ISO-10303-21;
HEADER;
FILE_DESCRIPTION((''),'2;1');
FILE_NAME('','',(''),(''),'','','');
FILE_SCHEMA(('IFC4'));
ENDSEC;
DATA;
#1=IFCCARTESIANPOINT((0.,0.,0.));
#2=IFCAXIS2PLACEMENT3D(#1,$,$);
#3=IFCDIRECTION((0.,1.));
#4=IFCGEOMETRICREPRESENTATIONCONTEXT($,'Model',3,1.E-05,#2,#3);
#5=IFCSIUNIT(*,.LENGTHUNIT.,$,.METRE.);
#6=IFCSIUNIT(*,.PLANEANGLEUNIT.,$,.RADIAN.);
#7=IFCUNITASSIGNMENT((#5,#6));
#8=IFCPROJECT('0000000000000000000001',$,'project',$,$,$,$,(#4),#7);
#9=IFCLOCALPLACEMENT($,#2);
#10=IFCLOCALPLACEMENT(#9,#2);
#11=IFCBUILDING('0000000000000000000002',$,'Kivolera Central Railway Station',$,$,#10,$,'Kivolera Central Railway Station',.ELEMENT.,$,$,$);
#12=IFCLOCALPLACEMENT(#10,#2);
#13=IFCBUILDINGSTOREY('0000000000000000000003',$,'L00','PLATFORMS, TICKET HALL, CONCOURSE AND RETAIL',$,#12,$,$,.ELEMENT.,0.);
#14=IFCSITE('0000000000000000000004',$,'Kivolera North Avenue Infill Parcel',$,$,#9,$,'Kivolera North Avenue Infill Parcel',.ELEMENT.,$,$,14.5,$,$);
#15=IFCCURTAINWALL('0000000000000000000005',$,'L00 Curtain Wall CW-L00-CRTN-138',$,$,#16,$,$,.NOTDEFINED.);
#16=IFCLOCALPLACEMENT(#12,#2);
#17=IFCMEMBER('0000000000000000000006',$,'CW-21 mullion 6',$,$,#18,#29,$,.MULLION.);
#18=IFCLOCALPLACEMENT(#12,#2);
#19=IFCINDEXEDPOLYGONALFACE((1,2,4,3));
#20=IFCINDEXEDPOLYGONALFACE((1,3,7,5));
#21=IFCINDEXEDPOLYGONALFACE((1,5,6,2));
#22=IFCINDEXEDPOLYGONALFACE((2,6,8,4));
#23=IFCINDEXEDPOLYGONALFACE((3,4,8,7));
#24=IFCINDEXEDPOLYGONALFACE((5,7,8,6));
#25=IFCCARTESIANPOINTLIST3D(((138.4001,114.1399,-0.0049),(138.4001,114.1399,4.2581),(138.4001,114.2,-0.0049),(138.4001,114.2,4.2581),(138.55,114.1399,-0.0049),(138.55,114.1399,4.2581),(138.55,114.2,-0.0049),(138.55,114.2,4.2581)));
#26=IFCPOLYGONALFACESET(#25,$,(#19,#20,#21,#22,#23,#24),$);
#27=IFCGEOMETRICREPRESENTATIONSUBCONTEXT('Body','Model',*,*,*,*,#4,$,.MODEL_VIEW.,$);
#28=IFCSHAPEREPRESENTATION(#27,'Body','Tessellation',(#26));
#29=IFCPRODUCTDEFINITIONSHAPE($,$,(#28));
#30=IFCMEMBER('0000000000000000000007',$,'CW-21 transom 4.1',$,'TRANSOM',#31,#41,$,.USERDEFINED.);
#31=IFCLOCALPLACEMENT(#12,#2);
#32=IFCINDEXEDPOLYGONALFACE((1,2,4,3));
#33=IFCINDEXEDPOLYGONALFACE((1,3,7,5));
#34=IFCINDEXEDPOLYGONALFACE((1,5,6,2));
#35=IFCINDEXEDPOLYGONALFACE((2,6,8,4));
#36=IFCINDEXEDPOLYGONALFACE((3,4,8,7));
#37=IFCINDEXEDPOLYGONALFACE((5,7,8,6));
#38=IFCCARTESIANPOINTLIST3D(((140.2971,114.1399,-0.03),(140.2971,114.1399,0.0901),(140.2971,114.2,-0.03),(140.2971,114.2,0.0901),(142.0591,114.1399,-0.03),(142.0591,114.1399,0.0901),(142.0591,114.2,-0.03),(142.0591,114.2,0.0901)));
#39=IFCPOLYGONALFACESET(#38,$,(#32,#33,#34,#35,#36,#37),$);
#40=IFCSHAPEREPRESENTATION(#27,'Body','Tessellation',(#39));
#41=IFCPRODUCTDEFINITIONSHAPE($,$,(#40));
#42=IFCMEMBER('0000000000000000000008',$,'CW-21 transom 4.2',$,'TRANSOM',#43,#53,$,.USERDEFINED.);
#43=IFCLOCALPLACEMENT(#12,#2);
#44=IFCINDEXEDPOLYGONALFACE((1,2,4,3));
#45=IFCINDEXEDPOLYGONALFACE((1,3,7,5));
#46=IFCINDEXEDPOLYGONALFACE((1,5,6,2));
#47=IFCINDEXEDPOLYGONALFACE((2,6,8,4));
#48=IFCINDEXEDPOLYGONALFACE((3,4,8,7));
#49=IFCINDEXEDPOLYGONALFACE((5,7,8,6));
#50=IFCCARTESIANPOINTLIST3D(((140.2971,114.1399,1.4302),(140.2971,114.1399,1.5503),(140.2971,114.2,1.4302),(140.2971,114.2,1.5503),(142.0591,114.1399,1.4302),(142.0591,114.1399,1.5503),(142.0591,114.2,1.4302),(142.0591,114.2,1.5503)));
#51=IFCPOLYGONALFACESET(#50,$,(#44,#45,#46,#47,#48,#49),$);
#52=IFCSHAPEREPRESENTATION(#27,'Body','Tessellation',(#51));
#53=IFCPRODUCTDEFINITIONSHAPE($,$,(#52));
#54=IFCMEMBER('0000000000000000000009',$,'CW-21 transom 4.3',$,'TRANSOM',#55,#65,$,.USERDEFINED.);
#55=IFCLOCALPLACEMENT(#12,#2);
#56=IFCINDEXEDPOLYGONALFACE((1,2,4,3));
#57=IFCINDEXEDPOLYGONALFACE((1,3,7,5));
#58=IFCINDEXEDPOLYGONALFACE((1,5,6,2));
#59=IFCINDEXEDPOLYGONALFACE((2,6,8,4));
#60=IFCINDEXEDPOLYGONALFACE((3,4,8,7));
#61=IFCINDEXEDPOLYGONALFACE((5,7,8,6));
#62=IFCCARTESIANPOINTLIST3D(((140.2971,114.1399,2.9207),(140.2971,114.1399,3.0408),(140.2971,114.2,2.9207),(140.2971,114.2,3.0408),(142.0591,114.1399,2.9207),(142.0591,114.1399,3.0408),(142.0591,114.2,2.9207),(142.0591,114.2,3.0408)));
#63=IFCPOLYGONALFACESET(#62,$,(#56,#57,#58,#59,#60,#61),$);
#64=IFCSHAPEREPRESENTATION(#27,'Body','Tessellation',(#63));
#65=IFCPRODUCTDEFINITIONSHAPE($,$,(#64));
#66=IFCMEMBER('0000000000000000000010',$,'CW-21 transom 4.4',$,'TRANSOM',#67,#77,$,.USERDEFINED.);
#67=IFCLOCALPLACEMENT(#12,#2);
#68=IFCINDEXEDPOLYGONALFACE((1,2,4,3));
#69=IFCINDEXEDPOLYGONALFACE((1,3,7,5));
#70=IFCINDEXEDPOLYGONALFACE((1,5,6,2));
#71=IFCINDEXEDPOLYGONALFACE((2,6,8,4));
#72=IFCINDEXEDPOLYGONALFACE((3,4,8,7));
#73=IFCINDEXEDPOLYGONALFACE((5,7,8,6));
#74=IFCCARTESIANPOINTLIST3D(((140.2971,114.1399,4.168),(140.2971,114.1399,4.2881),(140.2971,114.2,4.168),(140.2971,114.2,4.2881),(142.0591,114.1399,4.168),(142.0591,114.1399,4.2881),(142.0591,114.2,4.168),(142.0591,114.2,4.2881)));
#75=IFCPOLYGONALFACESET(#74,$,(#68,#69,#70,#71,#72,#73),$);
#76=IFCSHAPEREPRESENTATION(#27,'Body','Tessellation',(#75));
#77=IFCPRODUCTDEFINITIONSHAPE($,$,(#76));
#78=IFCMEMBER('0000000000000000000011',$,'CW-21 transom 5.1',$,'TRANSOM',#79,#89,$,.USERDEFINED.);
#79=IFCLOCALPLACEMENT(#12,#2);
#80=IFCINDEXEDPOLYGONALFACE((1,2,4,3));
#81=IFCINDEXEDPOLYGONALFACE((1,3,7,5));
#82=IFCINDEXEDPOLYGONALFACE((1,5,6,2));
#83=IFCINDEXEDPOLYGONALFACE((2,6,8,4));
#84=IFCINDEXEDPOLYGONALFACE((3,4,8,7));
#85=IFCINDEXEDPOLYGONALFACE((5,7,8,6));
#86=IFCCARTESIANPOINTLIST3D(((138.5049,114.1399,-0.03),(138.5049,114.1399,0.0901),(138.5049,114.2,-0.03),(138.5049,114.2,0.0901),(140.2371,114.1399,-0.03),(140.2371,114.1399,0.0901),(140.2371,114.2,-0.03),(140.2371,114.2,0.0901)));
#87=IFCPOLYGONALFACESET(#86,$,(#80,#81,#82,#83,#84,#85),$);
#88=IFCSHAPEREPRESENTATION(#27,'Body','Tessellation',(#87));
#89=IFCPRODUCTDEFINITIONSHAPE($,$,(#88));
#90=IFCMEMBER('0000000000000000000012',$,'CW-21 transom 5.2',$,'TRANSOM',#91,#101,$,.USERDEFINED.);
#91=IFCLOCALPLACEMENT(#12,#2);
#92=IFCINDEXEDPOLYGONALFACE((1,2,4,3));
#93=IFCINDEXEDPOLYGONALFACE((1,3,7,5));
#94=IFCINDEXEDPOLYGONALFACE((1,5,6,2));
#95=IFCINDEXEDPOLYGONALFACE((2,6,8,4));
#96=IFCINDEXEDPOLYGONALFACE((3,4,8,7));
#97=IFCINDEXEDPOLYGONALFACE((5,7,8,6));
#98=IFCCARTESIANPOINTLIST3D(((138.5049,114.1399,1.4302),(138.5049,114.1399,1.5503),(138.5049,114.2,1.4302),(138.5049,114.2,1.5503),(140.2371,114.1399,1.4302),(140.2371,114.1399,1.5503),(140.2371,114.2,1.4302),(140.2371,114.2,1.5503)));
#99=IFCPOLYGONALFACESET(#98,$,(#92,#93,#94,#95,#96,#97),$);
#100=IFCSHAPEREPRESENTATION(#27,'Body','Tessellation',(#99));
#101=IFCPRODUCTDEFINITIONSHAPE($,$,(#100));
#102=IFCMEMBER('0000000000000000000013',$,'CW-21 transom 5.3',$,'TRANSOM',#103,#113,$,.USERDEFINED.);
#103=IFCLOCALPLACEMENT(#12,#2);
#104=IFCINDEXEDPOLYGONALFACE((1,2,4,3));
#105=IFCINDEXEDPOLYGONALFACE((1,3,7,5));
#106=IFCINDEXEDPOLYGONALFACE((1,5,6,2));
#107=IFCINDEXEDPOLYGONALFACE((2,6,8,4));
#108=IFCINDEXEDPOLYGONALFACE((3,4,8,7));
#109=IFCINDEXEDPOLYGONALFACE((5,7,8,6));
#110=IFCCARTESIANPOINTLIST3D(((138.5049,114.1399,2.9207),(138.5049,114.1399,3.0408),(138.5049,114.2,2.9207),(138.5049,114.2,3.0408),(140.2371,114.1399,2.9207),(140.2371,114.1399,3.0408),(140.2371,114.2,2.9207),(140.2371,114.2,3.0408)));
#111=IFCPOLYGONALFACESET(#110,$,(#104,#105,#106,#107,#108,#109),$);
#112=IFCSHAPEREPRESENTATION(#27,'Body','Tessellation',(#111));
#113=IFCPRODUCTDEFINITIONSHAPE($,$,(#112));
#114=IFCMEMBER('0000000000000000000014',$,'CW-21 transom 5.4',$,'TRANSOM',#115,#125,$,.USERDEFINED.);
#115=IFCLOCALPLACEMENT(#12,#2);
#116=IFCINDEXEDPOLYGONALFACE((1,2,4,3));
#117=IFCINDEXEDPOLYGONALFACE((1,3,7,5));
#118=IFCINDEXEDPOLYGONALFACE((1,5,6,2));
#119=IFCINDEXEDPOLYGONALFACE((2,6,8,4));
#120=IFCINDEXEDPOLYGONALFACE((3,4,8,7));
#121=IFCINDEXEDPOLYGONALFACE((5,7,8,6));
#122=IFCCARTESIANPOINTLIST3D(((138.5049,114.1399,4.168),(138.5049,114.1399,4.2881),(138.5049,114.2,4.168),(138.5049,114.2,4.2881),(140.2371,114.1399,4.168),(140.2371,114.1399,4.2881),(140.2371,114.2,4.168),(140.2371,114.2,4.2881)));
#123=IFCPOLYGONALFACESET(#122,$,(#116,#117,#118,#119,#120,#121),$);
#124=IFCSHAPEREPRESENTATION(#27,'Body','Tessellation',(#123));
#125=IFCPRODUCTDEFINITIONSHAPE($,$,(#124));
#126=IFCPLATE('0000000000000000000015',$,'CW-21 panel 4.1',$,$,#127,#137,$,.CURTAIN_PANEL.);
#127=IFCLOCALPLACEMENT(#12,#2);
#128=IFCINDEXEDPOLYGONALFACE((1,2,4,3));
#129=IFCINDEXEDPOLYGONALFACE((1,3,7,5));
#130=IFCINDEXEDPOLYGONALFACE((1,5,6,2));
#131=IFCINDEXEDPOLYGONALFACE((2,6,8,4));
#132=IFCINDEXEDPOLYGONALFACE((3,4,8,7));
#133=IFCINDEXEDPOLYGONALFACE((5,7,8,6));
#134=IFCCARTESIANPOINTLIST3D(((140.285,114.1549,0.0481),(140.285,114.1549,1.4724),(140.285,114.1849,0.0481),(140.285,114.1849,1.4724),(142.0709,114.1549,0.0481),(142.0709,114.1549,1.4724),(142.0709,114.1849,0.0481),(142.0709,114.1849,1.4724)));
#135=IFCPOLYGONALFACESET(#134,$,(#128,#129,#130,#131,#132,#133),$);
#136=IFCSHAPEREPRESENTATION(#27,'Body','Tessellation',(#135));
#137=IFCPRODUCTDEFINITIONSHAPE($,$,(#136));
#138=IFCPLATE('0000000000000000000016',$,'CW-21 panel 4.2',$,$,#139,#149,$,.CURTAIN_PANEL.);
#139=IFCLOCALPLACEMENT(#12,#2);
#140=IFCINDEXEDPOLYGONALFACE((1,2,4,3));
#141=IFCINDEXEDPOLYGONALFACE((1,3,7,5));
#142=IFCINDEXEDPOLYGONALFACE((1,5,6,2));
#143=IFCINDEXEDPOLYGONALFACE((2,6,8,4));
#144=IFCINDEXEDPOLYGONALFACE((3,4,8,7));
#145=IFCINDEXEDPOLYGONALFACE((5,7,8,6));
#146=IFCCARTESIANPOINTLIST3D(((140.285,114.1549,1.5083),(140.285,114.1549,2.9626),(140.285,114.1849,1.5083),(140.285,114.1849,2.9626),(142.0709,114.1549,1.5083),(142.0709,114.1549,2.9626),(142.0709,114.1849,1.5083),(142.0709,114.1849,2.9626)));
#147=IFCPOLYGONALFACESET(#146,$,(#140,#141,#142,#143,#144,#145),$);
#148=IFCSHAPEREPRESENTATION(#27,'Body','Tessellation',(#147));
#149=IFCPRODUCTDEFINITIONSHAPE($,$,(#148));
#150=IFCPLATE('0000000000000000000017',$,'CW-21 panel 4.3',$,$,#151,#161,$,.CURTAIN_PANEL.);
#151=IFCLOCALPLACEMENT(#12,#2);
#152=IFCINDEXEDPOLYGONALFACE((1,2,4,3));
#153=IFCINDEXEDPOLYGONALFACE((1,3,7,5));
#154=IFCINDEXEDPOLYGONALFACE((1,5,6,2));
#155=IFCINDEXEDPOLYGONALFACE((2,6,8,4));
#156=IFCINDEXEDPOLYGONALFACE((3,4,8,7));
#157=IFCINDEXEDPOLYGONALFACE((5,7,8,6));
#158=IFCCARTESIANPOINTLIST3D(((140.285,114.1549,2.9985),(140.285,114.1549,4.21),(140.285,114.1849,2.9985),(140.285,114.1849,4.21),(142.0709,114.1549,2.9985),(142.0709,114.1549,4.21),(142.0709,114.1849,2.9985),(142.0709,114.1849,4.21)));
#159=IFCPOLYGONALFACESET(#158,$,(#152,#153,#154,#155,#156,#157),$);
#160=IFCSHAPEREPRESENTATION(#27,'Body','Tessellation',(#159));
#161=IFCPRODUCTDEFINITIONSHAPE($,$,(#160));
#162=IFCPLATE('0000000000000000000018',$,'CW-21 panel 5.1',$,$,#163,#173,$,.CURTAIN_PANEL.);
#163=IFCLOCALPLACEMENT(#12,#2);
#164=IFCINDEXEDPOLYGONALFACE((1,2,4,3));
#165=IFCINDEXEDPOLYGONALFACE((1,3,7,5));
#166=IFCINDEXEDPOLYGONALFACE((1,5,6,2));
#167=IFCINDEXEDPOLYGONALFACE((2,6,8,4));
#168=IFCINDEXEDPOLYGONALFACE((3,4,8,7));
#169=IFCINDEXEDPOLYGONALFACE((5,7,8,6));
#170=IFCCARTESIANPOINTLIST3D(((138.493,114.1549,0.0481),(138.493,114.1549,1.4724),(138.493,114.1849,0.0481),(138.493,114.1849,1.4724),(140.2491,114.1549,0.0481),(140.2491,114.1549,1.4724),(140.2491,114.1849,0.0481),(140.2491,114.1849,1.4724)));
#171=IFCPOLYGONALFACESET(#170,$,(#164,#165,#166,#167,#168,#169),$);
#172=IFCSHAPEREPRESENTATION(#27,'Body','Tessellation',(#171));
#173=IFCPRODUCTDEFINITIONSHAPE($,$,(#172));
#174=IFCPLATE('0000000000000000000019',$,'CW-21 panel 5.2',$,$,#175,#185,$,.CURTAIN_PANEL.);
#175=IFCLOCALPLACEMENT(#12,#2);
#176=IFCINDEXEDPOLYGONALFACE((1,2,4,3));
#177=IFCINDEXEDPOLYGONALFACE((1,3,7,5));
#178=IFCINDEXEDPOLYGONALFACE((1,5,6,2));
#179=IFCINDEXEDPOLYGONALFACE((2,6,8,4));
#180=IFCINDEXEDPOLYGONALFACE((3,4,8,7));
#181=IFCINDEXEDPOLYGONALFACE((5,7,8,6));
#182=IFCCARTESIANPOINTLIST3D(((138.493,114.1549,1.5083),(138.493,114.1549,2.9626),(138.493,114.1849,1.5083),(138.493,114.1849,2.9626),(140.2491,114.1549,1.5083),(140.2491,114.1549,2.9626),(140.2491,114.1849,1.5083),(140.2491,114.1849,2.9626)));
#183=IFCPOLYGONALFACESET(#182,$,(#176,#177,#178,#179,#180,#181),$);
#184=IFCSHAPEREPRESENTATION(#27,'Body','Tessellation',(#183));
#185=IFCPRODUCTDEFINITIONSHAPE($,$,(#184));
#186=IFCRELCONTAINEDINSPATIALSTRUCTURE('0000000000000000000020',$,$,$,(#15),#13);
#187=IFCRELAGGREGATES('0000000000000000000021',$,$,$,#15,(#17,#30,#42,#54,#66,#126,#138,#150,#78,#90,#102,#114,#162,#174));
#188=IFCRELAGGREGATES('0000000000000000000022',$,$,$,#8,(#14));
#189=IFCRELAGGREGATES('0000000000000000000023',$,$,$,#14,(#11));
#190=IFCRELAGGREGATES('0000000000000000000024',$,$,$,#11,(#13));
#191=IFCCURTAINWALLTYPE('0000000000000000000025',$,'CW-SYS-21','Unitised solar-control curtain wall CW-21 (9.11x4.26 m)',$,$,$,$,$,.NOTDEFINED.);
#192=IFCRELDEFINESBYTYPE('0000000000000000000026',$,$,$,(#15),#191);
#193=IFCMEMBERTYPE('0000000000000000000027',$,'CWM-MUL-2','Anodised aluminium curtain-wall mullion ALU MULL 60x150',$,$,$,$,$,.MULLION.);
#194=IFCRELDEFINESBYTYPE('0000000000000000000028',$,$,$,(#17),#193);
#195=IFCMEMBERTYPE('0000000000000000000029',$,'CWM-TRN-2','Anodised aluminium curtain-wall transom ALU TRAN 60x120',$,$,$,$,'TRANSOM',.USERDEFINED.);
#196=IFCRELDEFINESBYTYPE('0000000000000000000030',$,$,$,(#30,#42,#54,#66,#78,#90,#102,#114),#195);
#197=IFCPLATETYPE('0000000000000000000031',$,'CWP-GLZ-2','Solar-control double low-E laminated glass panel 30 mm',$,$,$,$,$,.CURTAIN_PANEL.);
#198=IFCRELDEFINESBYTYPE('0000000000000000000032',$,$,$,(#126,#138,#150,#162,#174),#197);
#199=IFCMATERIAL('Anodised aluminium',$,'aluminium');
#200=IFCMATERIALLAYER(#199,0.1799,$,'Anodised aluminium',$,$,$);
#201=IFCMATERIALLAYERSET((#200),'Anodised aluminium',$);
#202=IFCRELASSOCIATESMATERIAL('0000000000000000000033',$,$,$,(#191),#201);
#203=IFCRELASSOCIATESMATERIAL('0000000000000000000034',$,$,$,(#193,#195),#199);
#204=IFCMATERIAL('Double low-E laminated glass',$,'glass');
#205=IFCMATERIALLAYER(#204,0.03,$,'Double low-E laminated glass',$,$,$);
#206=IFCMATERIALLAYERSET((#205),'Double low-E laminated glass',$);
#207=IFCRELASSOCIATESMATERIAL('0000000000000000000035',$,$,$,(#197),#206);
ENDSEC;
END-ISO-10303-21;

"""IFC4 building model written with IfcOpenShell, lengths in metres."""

from ifc_helpers import new_model, si_unit, direction, frame, origin, origin_2d, place, context, subcontext, project, spatial, rectangle, extrude, material, layer, layer_set, material_profile, profile_set, type_object, element, aggregate, save


model = new_model("IFC4")

# Units and contexts
model_context = context("Model", 3, precision=1e-05, world=origin(), true_north=direction((0.0, 1.0)))
body_context = subcontext(model_context, "Body", "Model", "MODEL_VIEW")
ifc_project = project(units=[si_unit("LENGTHUNIT", "METRE"), si_unit("PLANEANGLEUNIT", "RADIAN")], contexts=[model_context])

# Site, building, storey
site_placement = place(None, origin())
site = spatial("IfcSite", under=ifc_project, at=site_placement, Name="Kivolera North Avenue Infill Parcel", LongName="Kivolera North Avenue Infill Parcel", CompositionType="ELEMENT", RefElevation=14.5)
building_placement = place(site_placement, origin())
building = spatial("IfcBuilding", under=site, at=building_placement, Name="Kivolera Central Railway Station", LongName="Kivolera Central Railway Station", CompositionType="ELEMENT")
storey_placement = place(building_placement, origin())
storey = spatial("IfcBuildingStorey", under=building, at=storey_placement, Name="L00", Description="PLATFORMS, TICKET HALL, CONCOURSE AND RETAIL", CompositionType="ELEMENT", Elevation=0.0)

# Curtain wall, members, plates
ifc_material_1 = material(Name="Anodised aluminium", Category="aluminium")
ifc_layer_1 = layer(ifc_material_1, 0.1799, Name="Anodised aluminium")
ifc_layer_set_1 = layer_set([ifc_layer_1], Name="Anodised aluminium")
curtain_wall_type = type_object("IfcCurtainWallType", Name="CW-SYS-21", Description="Unitised solar-control curtain wall CW-21 (9.11x4.26 m)", PredefinedType="NOTDEFINED", material=ifc_layer_set_1)
curtain_wall_placement = place(storey_placement, origin())
curtain_wall = element("IfcCurtainWall", 1, at=curtain_wall_placement, inside=storey, type_object=curtain_wall_type, Name="L00 Curtain Wall CW-L00-CRTN-138", PredefinedType="NOTDEFINED")
ifc_material_profile_1 = material_profile(ifc_material_1, rectangle(XDim=0.0601, YDim=0.1499, at=origin_2d()), Name="ALU MULL 60x150")
ifc_profile_set_1 = profile_set([ifc_material_profile_1], Name="Anodised aluminium")
member_type_1 = type_object("IfcMemberType", Name="CWM-MUL-2", Description="Anodised aluminium curtain-wall mullion ALU MULL 60x150", PredefinedType="MULLION", material=ifc_profile_set_1)
member_1_placement = place(storey_placement, frame((138.4751, 114.1699, -0.0049), z_axis=(0.0, 0.0, 1.0), x_axis=(0.0, -1.0, 0.0)))
member_1 = element("IfcMember", 2, at=member_1_placement, type_object=member_type_1, Name="CW-21 mullion 6", PredefinedType="MULLION", context=body_context, shape_type="SweptSolid", body=[
    extrude(rectangle(XDim=0.0601, YDim=0.1499, at=origin_2d()), origin(), (0.0, 0.0, 1.0), 4.2629),
])
ifc_material_profile_2 = material_profile(ifc_material_1, rectangle(XDim=0.0601, YDim=0.1201, at=origin_2d()), Name="ALU TRAN 60x120")
ifc_profile_set_2 = profile_set([ifc_material_profile_2], Name="Anodised aluminium")
member_type_2 = type_object("IfcMemberType", Name="CWM-TRN-2", Description="Anodised aluminium curtain-wall transom ALU TRAN 60x120", ElementType="TRANSOM", PredefinedType="USERDEFINED", material=ifc_profile_set_2)
member_2_placement = place(storey_placement, frame((142.0591, 114.1699, 0.03), z_axis=(-1.0, 0.0, 0.0), x_axis=(0.0, -1.0, 0.0)))
member_2 = element("IfcMember", 3, at=member_2_placement, type_object=member_type_2, Name="CW-21 transom 4.1", ObjectType="TRANSOM", PredefinedType="USERDEFINED", context=body_context, shape_type="SweptSolid", body=[
    extrude(rectangle(XDim=0.0601, YDim=0.1201, at=origin_2d()), origin(), (0.0, 0.0, 1.0), 1.762),
])
member_3_placement = place(storey_placement, frame((142.0591, 114.1699, 1.4902), z_axis=(-1.0, 0.0, 0.0), x_axis=(0.0, -1.0, 0.0)))
member_3 = element("IfcMember", 4, at=member_3_placement, type_object=member_type_2, Name="CW-21 transom 4.2", ObjectType="TRANSOM", PredefinedType="USERDEFINED", context=body_context, shape_type="SweptSolid", body=[
    extrude(rectangle(XDim=0.0601, YDim=0.1201, at=origin_2d()), origin(), (0.0, 0.0, 1.0), 1.762),
])
member_4_placement = place(storey_placement, frame((142.0591, 114.1699, 2.9807), z_axis=(-1.0, 0.0, 0.0), x_axis=(0.0, -1.0, 0.0)))
member_4 = element("IfcMember", 5, at=member_4_placement, type_object=member_type_2, Name="CW-21 transom 4.3", ObjectType="TRANSOM", PredefinedType="USERDEFINED", context=body_context, shape_type="SweptSolid", body=[
    extrude(rectangle(XDim=0.0601, YDim=0.1201, at=origin_2d()), origin(), (0.0, 0.0, 1.0), 1.762),
])
member_5_placement = place(storey_placement, frame((142.0591, 114.1699, 4.228), z_axis=(-1.0, 0.0, 0.0), x_axis=(0.0, -1.0, 0.0)))
member_5 = element("IfcMember", 6, at=member_5_placement, type_object=member_type_2, Name="CW-21 transom 4.4", ObjectType="TRANSOM", PredefinedType="USERDEFINED", context=body_context, shape_type="SweptSolid", body=[
    extrude(rectangle(XDim=0.0601, YDim=0.1201, at=origin_2d()), origin(), (0.0, 0.0, 1.0), 1.762),
])
member_6_placement = place(storey_placement, frame((140.2371, 114.1699, 0.03), z_axis=(-1.0, 0.0, 0.0), x_axis=(0.0, -1.0, 0.0)))
member_6 = element("IfcMember", 7, at=member_6_placement, type_object=member_type_2, Name="CW-21 transom 5.1", ObjectType="TRANSOM", PredefinedType="USERDEFINED", context=body_context, shape_type="SweptSolid", body=[
    extrude(rectangle(XDim=0.0601, YDim=0.1201, at=origin_2d()), origin(), (0.0, 0.0, 1.0), 1.7322),
])
member_7_placement = place(storey_placement, frame((140.2371, 114.1699, 1.4902), z_axis=(-1.0, 0.0, 0.0), x_axis=(0.0, -1.0, 0.0)))
member_7 = element("IfcMember", 8, at=member_7_placement, type_object=member_type_2, Name="CW-21 transom 5.2", ObjectType="TRANSOM", PredefinedType="USERDEFINED", context=body_context, shape_type="SweptSolid", body=[
    extrude(rectangle(XDim=0.0601, YDim=0.1201, at=origin_2d()), origin(), (0.0, 0.0, 1.0), 1.7322),
])
member_8_placement = place(storey_placement, frame((140.2371, 114.1699, 2.9807), z_axis=(-1.0, 0.0, 0.0), x_axis=(0.0, -1.0, 0.0)))
member_8 = element("IfcMember", 9, at=member_8_placement, type_object=member_type_2, Name="CW-21 transom 5.3", ObjectType="TRANSOM", PredefinedType="USERDEFINED", context=body_context, shape_type="SweptSolid", body=[
    extrude(rectangle(XDim=0.0601, YDim=0.1201, at=origin_2d()), origin(), (0.0, 0.0, 1.0), 1.7322),
])
member_9_placement = place(storey_placement, frame((140.2371, 114.1699, 4.228), z_axis=(-1.0, 0.0, 0.0), x_axis=(0.0, -1.0, 0.0)))
member_9 = element("IfcMember", 10, at=member_9_placement, type_object=member_type_2, Name="CW-21 transom 5.4", ObjectType="TRANSOM", PredefinedType="USERDEFINED", context=body_context, shape_type="SweptSolid", body=[
    extrude(rectangle(XDim=0.0601, YDim=0.1201, at=origin_2d()), origin(), (0.0, 0.0, 1.0), 1.7322),
])
ifc_material_2 = material(Name="Double low-E laminated glass", Category="glass")
ifc_layer_2 = layer(ifc_material_2, 0.03, Name="Double low-E laminated glass")
ifc_layer_set_2 = layer_set([ifc_layer_2], Name="Double low-E laminated glass")
plate_type = type_object("IfcPlateType", Name="CWP-GLZ-2", Description="Solar-control double low-E laminated glass panel 30 mm", PredefinedType="CURTAIN_PANEL", material=ifc_layer_set_2)
plate_1_placement = place(storey_placement, frame((141.178, 114.1699, 0.0481), z_axis=(0.0, 0.0, 1.0), x_axis=(-1.0, 0.0, 0.0)))
plate_1 = element("IfcPlate", 11, at=plate_1_placement, type_object=plate_type, Name="CW-21 panel 4.1", PredefinedType="CURTAIN_PANEL", context=body_context, shape_type="SweptSolid", body=[
    extrude(rectangle(XDim=1.7859, YDim=0.03, at=origin_2d()), origin(), (0.0, 0.0, 1.0), 1.4243),
])
plate_2_placement = place(storey_placement, frame((141.178, 114.1699, 1.5083), z_axis=(0.0, 0.0, 1.0), x_axis=(-1.0, 0.0, 0.0)))
plate_2 = element("IfcPlate", 12, at=plate_2_placement, type_object=plate_type, Name="CW-21 panel 4.2", PredefinedType="CURTAIN_PANEL", context=body_context, shape_type="SweptSolid", body=[
    extrude(rectangle(XDim=1.7859, YDim=0.03, at=origin_2d()), origin(), (0.0, 0.0, 1.0), 1.4543),
])
plate_3_placement = place(storey_placement, frame((141.178, 114.1699, 2.9985), z_axis=(0.0, 0.0, 1.0), x_axis=(-1.0, 0.0, 0.0)))
plate_3 = element("IfcPlate", 13, at=plate_3_placement, type_object=plate_type, Name="CW-21 panel 4.3", PredefinedType="CURTAIN_PANEL", context=body_context, shape_type="SweptSolid", body=[
    extrude(rectangle(XDim=1.7859, YDim=0.03, at=origin_2d()), origin(), (0.0, 0.0, 1.0), 1.2114),
])
plate_4_placement = place(storey_placement, frame((139.3711, 114.1699, 0.0481), z_axis=(0.0, 0.0, 1.0), x_axis=(-1.0, 0.0, 0.0)))
plate_4 = element("IfcPlate", 14, at=plate_4_placement, type_object=plate_type, Name="CW-21 panel 5.1", PredefinedType="CURTAIN_PANEL", context=body_context, shape_type="SweptSolid", body=[
    extrude(rectangle(XDim=1.7561, YDim=0.03, at=origin_2d()), origin(), (0.0, 0.0, 1.0), 1.4243),
])
plate_5_placement = place(storey_placement, frame((139.3711, 114.1699, 1.5083), z_axis=(0.0, 0.0, 1.0), x_axis=(-1.0, 0.0, 0.0)))
plate_5 = element("IfcPlate", 15, at=plate_5_placement, type_object=plate_type, Name="CW-21 panel 5.2", PredefinedType="CURTAIN_PANEL", context=body_context, shape_type="SweptSolid", body=[
    extrude(rectangle(XDim=1.7561, YDim=0.03, at=origin_2d()), origin(), (0.0, 0.0, 1.0), 1.4543),
])
aggregate(curtain_wall, [member_1, member_2, member_3, member_4, member_5, plate_1, plate_2, plate_3, member_6, member_7, member_8, member_9, plate_4, plate_5])

save(model, "model.ifc")
